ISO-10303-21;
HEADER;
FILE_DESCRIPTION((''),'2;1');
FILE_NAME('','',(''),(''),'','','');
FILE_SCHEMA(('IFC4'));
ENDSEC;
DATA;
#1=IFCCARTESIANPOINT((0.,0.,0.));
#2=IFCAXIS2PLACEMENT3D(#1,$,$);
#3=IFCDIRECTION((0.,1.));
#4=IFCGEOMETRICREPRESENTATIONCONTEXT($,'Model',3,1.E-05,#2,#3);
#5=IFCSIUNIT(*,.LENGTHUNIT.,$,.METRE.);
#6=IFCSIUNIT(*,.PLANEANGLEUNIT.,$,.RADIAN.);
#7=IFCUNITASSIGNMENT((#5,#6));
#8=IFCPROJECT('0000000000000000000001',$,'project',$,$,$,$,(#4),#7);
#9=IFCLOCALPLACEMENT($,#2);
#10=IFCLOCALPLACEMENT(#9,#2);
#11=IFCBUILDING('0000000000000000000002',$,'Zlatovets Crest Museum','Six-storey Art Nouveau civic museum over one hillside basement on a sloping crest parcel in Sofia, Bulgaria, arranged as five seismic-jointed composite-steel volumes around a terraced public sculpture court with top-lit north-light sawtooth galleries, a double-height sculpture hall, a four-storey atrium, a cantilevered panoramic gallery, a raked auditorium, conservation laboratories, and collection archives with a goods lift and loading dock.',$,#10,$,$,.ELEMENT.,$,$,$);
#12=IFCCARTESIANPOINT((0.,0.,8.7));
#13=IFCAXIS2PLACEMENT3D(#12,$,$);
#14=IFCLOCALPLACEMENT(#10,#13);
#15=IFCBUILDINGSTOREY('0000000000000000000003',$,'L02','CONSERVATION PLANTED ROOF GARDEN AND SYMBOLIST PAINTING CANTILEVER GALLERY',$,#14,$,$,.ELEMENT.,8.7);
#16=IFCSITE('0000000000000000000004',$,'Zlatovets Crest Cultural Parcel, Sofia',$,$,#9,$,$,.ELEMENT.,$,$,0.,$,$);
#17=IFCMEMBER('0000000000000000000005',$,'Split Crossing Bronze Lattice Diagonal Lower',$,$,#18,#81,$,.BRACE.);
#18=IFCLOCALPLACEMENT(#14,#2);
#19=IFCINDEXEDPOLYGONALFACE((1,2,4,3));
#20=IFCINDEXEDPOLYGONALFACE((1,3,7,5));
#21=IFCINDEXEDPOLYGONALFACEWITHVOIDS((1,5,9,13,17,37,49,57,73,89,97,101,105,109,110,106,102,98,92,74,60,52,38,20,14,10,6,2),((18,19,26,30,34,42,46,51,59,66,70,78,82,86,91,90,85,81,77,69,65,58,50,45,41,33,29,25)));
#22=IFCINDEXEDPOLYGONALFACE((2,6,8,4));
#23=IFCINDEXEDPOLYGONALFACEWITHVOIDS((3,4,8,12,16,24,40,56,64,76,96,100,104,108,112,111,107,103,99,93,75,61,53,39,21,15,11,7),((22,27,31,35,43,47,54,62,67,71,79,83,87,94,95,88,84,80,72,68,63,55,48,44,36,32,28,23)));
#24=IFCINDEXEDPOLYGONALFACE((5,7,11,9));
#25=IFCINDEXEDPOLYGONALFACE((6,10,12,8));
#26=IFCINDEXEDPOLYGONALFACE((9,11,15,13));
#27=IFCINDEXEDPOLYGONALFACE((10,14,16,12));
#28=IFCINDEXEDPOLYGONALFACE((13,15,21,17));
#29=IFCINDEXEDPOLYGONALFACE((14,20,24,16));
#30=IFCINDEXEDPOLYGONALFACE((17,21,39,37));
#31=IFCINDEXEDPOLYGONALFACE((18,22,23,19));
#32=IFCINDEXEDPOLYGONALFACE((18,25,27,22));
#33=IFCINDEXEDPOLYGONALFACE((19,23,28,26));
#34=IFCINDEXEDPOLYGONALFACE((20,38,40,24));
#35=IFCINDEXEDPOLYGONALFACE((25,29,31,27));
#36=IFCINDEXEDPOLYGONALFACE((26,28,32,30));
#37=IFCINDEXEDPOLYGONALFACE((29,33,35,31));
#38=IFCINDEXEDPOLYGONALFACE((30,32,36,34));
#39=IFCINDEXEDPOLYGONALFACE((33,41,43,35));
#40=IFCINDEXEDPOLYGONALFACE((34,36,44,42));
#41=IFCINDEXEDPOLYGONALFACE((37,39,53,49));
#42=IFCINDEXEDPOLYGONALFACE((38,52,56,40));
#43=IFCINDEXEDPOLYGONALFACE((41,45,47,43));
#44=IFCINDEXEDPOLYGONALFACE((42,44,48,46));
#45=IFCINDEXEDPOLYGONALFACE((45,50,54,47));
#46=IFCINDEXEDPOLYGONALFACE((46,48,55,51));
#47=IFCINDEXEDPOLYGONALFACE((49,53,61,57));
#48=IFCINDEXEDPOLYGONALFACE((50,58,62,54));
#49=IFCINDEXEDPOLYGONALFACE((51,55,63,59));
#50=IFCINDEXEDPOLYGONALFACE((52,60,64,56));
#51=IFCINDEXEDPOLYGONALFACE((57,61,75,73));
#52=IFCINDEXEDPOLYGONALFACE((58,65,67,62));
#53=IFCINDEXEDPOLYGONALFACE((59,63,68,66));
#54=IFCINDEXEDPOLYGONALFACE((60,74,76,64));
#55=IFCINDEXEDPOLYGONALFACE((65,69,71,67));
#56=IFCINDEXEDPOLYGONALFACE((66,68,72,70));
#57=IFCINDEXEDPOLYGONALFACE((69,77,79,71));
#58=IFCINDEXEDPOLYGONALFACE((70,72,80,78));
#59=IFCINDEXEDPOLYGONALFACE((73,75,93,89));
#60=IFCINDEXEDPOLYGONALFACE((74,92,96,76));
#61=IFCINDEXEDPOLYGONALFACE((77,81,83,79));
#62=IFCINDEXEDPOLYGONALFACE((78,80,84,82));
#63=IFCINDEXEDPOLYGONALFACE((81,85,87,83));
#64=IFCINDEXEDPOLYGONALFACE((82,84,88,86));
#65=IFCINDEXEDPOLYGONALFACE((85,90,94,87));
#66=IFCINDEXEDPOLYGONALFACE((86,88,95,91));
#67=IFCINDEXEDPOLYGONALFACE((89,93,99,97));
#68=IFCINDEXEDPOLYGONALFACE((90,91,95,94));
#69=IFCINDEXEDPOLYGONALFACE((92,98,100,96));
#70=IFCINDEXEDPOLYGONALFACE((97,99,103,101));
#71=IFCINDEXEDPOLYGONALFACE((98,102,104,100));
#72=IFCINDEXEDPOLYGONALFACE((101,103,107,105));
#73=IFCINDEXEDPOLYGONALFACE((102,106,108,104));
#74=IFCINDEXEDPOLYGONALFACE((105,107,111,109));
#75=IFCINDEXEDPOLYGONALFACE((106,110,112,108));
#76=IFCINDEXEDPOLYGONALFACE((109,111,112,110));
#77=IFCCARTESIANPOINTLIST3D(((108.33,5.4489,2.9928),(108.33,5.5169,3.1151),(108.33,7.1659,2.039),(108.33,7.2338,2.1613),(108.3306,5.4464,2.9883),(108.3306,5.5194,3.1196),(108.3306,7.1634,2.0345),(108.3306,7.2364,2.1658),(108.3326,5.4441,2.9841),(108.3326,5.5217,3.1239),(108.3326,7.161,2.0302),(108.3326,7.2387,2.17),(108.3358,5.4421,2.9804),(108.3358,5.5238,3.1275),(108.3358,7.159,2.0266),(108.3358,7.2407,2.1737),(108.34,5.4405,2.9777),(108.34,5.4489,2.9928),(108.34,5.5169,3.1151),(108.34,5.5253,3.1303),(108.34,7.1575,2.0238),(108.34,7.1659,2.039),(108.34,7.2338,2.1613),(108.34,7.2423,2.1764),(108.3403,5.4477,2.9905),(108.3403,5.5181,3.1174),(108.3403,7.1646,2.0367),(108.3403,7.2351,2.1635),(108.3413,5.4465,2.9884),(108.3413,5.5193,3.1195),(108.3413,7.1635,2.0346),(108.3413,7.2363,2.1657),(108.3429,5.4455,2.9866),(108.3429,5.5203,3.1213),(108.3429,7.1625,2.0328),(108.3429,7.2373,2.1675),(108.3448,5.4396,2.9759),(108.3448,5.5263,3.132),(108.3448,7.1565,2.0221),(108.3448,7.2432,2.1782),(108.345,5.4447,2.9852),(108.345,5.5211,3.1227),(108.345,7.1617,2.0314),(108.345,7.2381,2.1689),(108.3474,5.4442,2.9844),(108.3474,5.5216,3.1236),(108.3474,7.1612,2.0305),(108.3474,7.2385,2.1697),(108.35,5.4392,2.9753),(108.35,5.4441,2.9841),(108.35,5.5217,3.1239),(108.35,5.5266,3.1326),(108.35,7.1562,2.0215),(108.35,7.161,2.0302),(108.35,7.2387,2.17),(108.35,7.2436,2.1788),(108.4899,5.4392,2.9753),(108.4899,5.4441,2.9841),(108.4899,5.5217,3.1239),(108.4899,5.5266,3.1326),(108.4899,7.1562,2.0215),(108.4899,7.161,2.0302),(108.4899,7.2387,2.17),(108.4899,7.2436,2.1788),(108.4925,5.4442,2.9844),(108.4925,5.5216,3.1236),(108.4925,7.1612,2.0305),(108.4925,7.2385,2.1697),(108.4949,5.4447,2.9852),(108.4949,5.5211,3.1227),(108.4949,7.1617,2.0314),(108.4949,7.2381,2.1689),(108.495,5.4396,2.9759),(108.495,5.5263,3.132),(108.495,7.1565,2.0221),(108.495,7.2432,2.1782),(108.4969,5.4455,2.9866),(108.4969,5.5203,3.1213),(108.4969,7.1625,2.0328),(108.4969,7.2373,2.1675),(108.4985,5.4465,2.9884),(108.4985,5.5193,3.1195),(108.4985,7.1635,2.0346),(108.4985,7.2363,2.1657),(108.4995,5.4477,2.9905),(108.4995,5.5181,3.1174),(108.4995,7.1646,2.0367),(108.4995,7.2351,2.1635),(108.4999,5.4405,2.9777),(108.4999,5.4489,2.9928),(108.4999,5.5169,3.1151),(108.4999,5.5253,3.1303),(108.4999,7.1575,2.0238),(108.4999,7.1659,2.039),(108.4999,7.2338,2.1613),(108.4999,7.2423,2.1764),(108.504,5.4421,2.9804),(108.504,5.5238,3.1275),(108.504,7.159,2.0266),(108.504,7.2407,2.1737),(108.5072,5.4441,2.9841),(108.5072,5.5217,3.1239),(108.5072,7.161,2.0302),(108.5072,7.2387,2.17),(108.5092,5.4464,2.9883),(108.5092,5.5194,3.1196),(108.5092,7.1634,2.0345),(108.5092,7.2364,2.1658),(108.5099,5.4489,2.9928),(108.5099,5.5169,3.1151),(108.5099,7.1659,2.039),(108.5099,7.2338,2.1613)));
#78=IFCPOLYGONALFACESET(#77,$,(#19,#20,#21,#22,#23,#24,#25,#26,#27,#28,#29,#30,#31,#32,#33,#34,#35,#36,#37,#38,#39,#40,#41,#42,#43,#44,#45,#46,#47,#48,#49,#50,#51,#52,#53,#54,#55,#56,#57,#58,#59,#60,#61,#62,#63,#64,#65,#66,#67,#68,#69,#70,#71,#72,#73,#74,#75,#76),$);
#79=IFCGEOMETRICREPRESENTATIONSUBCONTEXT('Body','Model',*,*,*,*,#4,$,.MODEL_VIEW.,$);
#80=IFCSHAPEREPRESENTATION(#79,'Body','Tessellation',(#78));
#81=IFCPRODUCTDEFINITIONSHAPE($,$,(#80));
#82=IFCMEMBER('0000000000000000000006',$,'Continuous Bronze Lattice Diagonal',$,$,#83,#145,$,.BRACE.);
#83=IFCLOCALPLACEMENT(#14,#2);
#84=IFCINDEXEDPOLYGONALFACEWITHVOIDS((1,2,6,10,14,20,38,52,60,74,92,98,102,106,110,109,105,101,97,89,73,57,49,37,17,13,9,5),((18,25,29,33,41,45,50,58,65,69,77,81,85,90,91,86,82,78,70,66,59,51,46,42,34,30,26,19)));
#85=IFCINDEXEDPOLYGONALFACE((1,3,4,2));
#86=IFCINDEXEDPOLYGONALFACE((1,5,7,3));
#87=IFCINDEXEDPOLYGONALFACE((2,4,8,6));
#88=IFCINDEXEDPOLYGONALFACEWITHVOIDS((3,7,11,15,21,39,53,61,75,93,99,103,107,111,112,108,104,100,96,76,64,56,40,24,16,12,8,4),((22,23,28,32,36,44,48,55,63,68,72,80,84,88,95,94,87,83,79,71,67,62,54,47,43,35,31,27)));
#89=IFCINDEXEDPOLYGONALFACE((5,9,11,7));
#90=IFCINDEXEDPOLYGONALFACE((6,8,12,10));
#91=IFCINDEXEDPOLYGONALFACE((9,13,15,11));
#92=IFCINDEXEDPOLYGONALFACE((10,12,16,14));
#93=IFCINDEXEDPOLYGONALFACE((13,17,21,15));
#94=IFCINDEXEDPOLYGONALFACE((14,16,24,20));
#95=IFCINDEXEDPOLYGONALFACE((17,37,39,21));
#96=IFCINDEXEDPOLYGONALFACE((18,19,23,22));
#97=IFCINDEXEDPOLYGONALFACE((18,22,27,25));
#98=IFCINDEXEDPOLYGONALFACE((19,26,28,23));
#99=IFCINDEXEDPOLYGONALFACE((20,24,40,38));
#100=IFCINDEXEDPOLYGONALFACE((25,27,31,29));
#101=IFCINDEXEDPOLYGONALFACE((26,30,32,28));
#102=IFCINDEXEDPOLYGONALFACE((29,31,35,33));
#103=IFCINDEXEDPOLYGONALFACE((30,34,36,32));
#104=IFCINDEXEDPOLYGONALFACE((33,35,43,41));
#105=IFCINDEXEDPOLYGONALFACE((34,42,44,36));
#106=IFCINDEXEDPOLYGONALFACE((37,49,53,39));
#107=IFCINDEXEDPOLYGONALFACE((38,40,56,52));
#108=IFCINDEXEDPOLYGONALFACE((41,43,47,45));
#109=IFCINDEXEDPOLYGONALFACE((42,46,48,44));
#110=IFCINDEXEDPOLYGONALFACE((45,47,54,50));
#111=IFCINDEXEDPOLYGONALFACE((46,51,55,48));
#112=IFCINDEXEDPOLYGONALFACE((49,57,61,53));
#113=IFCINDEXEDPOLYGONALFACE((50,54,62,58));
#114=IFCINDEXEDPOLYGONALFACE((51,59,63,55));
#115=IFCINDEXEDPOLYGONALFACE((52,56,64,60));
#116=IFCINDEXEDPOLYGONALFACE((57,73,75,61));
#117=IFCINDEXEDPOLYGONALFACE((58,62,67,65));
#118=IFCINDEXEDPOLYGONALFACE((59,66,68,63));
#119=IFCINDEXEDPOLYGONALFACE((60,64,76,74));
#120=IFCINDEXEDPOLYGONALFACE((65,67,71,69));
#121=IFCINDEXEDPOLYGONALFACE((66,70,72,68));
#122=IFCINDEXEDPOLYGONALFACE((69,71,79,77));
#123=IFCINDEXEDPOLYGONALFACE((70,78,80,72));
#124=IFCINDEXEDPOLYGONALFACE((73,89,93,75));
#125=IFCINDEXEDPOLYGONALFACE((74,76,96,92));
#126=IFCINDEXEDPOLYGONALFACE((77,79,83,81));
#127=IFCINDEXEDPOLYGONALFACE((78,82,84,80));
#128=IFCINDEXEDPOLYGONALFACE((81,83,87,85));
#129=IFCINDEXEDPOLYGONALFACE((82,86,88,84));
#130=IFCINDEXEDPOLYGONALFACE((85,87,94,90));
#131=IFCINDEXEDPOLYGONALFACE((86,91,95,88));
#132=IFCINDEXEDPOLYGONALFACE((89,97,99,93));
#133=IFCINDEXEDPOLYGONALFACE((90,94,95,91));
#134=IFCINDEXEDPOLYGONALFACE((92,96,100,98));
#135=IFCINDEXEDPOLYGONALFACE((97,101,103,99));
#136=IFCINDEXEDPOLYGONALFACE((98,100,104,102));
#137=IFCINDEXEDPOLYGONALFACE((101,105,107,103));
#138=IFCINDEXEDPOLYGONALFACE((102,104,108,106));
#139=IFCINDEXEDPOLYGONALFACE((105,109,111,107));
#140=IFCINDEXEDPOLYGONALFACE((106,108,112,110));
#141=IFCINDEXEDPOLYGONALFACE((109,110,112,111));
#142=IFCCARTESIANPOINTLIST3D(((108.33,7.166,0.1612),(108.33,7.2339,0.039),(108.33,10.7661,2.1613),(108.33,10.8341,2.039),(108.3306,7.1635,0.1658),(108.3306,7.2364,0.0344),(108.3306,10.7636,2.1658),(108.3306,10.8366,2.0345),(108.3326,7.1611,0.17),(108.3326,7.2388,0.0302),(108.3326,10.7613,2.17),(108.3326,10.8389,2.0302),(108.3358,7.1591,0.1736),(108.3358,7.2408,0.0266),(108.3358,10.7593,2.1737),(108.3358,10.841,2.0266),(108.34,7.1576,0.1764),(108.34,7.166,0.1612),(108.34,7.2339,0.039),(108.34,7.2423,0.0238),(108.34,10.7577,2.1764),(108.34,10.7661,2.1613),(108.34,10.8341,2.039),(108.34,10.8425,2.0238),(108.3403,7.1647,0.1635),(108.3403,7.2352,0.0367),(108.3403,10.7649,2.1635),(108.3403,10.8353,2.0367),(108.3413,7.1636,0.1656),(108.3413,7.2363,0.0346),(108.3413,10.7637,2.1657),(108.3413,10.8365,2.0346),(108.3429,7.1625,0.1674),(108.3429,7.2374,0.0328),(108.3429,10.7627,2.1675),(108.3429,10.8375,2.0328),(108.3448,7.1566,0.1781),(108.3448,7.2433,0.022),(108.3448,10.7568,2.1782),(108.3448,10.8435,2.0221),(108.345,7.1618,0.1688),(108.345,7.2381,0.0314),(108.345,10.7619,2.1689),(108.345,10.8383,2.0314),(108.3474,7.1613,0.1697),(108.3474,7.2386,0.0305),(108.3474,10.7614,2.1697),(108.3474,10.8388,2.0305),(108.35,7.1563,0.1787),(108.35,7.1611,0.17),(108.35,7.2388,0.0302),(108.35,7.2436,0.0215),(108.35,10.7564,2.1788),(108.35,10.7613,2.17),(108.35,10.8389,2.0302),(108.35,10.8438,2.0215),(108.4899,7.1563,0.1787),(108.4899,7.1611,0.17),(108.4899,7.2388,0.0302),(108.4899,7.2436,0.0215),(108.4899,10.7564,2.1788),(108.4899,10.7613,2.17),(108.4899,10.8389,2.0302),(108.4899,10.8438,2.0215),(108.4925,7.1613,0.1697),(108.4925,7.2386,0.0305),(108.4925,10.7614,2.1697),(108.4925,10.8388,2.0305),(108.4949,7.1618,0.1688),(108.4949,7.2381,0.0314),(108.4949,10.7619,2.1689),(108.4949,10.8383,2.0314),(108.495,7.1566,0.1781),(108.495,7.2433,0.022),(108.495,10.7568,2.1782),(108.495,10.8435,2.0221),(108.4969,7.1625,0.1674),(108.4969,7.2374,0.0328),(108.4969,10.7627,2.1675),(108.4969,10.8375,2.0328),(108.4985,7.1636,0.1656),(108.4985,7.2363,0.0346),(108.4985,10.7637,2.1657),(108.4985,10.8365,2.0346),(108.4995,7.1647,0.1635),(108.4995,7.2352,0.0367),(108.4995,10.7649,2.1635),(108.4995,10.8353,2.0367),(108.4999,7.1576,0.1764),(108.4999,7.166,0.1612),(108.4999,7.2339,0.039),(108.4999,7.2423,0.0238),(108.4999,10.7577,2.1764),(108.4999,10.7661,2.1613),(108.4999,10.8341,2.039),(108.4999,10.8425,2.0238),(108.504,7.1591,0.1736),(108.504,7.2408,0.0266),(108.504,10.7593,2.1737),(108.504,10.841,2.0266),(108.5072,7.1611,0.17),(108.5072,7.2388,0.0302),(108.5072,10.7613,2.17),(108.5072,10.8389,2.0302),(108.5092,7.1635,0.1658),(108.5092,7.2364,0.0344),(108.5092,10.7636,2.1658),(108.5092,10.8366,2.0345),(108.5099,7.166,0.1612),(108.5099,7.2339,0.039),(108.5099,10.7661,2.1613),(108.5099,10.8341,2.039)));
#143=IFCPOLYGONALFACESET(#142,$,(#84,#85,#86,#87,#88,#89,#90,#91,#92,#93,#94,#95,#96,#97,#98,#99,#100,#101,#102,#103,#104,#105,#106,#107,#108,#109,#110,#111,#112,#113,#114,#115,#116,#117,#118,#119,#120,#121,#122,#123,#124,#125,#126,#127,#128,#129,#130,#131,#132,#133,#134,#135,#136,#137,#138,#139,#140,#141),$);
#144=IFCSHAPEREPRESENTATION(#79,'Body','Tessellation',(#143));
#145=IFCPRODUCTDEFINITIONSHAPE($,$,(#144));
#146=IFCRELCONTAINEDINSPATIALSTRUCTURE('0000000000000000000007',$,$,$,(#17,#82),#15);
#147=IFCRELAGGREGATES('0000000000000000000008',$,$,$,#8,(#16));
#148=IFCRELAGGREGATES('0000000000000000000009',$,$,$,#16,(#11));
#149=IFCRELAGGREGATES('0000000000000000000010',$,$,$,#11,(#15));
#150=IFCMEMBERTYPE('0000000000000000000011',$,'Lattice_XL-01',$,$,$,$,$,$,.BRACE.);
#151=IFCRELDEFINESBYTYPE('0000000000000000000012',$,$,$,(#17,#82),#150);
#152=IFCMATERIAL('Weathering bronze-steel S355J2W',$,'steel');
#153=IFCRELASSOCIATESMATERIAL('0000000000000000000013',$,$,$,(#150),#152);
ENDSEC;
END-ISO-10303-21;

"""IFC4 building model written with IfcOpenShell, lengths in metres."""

from ifc_helpers import new_model, si_unit, direction, frame, origin, origin_2d, place, context, subcontext, project, spatial, hollow_rectangle, extrude, material, material_profile, profile_set, type_object, element, save


model = new_model("IFC4")

# Units and contexts
model_context = context("Model", 3, precision=1e-05, world=origin(), true_north=direction((0.0, 1.0)))
body_context = subcontext(model_context, "Body", "Model", "MODEL_VIEW")
ifc_project = project(units=[si_unit("LENGTHUNIT", "METRE"), si_unit("PLANEANGLEUNIT", "RADIAN")], contexts=[model_context])

# Site, building, storey
site_placement = place(None, origin())
site = spatial("IfcSite", under=ifc_project, at=site_placement, Name="Zlatovets Crest Cultural Parcel, Sofia", CompositionType="ELEMENT", RefElevation=0.0)
building_placement = place(site_placement, origin())
building = spatial("IfcBuilding", under=site, at=building_placement, Name="Zlatovets Crest Museum", Description="Six-storey Art Nouveau civic museum over one hillside basement on a sloping crest parcel in Sofia, Bulgaria, arranged as five seismic-jointed composite-steel volumes around a terraced public sculpture court with top-lit north-light sawtooth galleries, a double-height sculpture hall, a four-storey atrium, a cantilevered panoramic gallery, a raked auditorium, conservation laboratories, and collection archives with a goods lift and loading dock.", CompositionType="ELEMENT")
storey_placement = place(building_placement, frame((0.0, 0.0, 8.7)))
storey = spatial("IfcBuildingStorey", under=building, at=storey_placement, Name="L02", Description="CONSERVATION PLANTED ROOF GARDEN AND SYMBOLIST PAINTING CANTILEVER GALLERY", CompositionType="ELEMENT", Elevation=8.7)

# Members
ifc_material_1 = material(Name="Weathering bronze-steel S355J2W", Category="steel")
ifc_material_profile_1 = material_profile(ifc_material_1, hollow_rectangle(XDim=0.1799, YDim=0.1799, WallThickness=0.01, InnerFilletRadius=0.01, OuterFilletRadius=0.02, at=origin_2d()), Name="SHS 180x180x10.0")
ifc_profile_set_1 = profile_set([ifc_material_profile_1], Name="Weathering bronze-steel S355J2W")
member_type_1 = type_object("IfcMemberType", Name="Lattice_XL-01", PredefinedType="BRACE", material=ifc_profile_set_1)
member_1_placement = place(storey_placement, frame((108.4199, 5.4829, 3.054), z_axis=(0.0, 0.874169, -0.485622), x_axis=(-1.0, 0.0, 0.0)))
element("IfcMember", 1, at=member_1_placement, inside=storey, type_object=member_type_1, Name="Split Crossing Bronze Lattice Diagonal Lower", PredefinedType="BRACE", context=body_context, shape_type="SweptSolid", body=[
    extrude(hollow_rectangle(XDim=0.1799, YDim=0.1799, WallThickness=0.01, InnerFilletRadius=0.01, OuterFilletRadius=0.02, at=origin_2d()), origin(), (0.0, 0.0, 1.0), 1.9641),
])
member_2_placement = place(storey_placement, frame((108.4199, 7.2, 0.1001), z_axis=(0.0, 0.874163, 0.485633), x_axis=(-1.0, 0.0, 0.0)))
element("IfcMember", 2, at=member_2_placement, inside=storey, type_object=member_type_1, Name="Continuous Bronze Lattice Diagonal", PredefinedType="BRACE", context=body_context, shape_type="SweptSolid", body=[
    extrude(hollow_rectangle(XDim=0.1799, YDim=0.1799, WallThickness=0.01, InnerFilletRadius=0.01, OuterFilletRadius=0.02, at=origin_2d()), origin(), (0.0, 0.0, 1.0), 4.1184),
])

save(model, "model.ifc")
